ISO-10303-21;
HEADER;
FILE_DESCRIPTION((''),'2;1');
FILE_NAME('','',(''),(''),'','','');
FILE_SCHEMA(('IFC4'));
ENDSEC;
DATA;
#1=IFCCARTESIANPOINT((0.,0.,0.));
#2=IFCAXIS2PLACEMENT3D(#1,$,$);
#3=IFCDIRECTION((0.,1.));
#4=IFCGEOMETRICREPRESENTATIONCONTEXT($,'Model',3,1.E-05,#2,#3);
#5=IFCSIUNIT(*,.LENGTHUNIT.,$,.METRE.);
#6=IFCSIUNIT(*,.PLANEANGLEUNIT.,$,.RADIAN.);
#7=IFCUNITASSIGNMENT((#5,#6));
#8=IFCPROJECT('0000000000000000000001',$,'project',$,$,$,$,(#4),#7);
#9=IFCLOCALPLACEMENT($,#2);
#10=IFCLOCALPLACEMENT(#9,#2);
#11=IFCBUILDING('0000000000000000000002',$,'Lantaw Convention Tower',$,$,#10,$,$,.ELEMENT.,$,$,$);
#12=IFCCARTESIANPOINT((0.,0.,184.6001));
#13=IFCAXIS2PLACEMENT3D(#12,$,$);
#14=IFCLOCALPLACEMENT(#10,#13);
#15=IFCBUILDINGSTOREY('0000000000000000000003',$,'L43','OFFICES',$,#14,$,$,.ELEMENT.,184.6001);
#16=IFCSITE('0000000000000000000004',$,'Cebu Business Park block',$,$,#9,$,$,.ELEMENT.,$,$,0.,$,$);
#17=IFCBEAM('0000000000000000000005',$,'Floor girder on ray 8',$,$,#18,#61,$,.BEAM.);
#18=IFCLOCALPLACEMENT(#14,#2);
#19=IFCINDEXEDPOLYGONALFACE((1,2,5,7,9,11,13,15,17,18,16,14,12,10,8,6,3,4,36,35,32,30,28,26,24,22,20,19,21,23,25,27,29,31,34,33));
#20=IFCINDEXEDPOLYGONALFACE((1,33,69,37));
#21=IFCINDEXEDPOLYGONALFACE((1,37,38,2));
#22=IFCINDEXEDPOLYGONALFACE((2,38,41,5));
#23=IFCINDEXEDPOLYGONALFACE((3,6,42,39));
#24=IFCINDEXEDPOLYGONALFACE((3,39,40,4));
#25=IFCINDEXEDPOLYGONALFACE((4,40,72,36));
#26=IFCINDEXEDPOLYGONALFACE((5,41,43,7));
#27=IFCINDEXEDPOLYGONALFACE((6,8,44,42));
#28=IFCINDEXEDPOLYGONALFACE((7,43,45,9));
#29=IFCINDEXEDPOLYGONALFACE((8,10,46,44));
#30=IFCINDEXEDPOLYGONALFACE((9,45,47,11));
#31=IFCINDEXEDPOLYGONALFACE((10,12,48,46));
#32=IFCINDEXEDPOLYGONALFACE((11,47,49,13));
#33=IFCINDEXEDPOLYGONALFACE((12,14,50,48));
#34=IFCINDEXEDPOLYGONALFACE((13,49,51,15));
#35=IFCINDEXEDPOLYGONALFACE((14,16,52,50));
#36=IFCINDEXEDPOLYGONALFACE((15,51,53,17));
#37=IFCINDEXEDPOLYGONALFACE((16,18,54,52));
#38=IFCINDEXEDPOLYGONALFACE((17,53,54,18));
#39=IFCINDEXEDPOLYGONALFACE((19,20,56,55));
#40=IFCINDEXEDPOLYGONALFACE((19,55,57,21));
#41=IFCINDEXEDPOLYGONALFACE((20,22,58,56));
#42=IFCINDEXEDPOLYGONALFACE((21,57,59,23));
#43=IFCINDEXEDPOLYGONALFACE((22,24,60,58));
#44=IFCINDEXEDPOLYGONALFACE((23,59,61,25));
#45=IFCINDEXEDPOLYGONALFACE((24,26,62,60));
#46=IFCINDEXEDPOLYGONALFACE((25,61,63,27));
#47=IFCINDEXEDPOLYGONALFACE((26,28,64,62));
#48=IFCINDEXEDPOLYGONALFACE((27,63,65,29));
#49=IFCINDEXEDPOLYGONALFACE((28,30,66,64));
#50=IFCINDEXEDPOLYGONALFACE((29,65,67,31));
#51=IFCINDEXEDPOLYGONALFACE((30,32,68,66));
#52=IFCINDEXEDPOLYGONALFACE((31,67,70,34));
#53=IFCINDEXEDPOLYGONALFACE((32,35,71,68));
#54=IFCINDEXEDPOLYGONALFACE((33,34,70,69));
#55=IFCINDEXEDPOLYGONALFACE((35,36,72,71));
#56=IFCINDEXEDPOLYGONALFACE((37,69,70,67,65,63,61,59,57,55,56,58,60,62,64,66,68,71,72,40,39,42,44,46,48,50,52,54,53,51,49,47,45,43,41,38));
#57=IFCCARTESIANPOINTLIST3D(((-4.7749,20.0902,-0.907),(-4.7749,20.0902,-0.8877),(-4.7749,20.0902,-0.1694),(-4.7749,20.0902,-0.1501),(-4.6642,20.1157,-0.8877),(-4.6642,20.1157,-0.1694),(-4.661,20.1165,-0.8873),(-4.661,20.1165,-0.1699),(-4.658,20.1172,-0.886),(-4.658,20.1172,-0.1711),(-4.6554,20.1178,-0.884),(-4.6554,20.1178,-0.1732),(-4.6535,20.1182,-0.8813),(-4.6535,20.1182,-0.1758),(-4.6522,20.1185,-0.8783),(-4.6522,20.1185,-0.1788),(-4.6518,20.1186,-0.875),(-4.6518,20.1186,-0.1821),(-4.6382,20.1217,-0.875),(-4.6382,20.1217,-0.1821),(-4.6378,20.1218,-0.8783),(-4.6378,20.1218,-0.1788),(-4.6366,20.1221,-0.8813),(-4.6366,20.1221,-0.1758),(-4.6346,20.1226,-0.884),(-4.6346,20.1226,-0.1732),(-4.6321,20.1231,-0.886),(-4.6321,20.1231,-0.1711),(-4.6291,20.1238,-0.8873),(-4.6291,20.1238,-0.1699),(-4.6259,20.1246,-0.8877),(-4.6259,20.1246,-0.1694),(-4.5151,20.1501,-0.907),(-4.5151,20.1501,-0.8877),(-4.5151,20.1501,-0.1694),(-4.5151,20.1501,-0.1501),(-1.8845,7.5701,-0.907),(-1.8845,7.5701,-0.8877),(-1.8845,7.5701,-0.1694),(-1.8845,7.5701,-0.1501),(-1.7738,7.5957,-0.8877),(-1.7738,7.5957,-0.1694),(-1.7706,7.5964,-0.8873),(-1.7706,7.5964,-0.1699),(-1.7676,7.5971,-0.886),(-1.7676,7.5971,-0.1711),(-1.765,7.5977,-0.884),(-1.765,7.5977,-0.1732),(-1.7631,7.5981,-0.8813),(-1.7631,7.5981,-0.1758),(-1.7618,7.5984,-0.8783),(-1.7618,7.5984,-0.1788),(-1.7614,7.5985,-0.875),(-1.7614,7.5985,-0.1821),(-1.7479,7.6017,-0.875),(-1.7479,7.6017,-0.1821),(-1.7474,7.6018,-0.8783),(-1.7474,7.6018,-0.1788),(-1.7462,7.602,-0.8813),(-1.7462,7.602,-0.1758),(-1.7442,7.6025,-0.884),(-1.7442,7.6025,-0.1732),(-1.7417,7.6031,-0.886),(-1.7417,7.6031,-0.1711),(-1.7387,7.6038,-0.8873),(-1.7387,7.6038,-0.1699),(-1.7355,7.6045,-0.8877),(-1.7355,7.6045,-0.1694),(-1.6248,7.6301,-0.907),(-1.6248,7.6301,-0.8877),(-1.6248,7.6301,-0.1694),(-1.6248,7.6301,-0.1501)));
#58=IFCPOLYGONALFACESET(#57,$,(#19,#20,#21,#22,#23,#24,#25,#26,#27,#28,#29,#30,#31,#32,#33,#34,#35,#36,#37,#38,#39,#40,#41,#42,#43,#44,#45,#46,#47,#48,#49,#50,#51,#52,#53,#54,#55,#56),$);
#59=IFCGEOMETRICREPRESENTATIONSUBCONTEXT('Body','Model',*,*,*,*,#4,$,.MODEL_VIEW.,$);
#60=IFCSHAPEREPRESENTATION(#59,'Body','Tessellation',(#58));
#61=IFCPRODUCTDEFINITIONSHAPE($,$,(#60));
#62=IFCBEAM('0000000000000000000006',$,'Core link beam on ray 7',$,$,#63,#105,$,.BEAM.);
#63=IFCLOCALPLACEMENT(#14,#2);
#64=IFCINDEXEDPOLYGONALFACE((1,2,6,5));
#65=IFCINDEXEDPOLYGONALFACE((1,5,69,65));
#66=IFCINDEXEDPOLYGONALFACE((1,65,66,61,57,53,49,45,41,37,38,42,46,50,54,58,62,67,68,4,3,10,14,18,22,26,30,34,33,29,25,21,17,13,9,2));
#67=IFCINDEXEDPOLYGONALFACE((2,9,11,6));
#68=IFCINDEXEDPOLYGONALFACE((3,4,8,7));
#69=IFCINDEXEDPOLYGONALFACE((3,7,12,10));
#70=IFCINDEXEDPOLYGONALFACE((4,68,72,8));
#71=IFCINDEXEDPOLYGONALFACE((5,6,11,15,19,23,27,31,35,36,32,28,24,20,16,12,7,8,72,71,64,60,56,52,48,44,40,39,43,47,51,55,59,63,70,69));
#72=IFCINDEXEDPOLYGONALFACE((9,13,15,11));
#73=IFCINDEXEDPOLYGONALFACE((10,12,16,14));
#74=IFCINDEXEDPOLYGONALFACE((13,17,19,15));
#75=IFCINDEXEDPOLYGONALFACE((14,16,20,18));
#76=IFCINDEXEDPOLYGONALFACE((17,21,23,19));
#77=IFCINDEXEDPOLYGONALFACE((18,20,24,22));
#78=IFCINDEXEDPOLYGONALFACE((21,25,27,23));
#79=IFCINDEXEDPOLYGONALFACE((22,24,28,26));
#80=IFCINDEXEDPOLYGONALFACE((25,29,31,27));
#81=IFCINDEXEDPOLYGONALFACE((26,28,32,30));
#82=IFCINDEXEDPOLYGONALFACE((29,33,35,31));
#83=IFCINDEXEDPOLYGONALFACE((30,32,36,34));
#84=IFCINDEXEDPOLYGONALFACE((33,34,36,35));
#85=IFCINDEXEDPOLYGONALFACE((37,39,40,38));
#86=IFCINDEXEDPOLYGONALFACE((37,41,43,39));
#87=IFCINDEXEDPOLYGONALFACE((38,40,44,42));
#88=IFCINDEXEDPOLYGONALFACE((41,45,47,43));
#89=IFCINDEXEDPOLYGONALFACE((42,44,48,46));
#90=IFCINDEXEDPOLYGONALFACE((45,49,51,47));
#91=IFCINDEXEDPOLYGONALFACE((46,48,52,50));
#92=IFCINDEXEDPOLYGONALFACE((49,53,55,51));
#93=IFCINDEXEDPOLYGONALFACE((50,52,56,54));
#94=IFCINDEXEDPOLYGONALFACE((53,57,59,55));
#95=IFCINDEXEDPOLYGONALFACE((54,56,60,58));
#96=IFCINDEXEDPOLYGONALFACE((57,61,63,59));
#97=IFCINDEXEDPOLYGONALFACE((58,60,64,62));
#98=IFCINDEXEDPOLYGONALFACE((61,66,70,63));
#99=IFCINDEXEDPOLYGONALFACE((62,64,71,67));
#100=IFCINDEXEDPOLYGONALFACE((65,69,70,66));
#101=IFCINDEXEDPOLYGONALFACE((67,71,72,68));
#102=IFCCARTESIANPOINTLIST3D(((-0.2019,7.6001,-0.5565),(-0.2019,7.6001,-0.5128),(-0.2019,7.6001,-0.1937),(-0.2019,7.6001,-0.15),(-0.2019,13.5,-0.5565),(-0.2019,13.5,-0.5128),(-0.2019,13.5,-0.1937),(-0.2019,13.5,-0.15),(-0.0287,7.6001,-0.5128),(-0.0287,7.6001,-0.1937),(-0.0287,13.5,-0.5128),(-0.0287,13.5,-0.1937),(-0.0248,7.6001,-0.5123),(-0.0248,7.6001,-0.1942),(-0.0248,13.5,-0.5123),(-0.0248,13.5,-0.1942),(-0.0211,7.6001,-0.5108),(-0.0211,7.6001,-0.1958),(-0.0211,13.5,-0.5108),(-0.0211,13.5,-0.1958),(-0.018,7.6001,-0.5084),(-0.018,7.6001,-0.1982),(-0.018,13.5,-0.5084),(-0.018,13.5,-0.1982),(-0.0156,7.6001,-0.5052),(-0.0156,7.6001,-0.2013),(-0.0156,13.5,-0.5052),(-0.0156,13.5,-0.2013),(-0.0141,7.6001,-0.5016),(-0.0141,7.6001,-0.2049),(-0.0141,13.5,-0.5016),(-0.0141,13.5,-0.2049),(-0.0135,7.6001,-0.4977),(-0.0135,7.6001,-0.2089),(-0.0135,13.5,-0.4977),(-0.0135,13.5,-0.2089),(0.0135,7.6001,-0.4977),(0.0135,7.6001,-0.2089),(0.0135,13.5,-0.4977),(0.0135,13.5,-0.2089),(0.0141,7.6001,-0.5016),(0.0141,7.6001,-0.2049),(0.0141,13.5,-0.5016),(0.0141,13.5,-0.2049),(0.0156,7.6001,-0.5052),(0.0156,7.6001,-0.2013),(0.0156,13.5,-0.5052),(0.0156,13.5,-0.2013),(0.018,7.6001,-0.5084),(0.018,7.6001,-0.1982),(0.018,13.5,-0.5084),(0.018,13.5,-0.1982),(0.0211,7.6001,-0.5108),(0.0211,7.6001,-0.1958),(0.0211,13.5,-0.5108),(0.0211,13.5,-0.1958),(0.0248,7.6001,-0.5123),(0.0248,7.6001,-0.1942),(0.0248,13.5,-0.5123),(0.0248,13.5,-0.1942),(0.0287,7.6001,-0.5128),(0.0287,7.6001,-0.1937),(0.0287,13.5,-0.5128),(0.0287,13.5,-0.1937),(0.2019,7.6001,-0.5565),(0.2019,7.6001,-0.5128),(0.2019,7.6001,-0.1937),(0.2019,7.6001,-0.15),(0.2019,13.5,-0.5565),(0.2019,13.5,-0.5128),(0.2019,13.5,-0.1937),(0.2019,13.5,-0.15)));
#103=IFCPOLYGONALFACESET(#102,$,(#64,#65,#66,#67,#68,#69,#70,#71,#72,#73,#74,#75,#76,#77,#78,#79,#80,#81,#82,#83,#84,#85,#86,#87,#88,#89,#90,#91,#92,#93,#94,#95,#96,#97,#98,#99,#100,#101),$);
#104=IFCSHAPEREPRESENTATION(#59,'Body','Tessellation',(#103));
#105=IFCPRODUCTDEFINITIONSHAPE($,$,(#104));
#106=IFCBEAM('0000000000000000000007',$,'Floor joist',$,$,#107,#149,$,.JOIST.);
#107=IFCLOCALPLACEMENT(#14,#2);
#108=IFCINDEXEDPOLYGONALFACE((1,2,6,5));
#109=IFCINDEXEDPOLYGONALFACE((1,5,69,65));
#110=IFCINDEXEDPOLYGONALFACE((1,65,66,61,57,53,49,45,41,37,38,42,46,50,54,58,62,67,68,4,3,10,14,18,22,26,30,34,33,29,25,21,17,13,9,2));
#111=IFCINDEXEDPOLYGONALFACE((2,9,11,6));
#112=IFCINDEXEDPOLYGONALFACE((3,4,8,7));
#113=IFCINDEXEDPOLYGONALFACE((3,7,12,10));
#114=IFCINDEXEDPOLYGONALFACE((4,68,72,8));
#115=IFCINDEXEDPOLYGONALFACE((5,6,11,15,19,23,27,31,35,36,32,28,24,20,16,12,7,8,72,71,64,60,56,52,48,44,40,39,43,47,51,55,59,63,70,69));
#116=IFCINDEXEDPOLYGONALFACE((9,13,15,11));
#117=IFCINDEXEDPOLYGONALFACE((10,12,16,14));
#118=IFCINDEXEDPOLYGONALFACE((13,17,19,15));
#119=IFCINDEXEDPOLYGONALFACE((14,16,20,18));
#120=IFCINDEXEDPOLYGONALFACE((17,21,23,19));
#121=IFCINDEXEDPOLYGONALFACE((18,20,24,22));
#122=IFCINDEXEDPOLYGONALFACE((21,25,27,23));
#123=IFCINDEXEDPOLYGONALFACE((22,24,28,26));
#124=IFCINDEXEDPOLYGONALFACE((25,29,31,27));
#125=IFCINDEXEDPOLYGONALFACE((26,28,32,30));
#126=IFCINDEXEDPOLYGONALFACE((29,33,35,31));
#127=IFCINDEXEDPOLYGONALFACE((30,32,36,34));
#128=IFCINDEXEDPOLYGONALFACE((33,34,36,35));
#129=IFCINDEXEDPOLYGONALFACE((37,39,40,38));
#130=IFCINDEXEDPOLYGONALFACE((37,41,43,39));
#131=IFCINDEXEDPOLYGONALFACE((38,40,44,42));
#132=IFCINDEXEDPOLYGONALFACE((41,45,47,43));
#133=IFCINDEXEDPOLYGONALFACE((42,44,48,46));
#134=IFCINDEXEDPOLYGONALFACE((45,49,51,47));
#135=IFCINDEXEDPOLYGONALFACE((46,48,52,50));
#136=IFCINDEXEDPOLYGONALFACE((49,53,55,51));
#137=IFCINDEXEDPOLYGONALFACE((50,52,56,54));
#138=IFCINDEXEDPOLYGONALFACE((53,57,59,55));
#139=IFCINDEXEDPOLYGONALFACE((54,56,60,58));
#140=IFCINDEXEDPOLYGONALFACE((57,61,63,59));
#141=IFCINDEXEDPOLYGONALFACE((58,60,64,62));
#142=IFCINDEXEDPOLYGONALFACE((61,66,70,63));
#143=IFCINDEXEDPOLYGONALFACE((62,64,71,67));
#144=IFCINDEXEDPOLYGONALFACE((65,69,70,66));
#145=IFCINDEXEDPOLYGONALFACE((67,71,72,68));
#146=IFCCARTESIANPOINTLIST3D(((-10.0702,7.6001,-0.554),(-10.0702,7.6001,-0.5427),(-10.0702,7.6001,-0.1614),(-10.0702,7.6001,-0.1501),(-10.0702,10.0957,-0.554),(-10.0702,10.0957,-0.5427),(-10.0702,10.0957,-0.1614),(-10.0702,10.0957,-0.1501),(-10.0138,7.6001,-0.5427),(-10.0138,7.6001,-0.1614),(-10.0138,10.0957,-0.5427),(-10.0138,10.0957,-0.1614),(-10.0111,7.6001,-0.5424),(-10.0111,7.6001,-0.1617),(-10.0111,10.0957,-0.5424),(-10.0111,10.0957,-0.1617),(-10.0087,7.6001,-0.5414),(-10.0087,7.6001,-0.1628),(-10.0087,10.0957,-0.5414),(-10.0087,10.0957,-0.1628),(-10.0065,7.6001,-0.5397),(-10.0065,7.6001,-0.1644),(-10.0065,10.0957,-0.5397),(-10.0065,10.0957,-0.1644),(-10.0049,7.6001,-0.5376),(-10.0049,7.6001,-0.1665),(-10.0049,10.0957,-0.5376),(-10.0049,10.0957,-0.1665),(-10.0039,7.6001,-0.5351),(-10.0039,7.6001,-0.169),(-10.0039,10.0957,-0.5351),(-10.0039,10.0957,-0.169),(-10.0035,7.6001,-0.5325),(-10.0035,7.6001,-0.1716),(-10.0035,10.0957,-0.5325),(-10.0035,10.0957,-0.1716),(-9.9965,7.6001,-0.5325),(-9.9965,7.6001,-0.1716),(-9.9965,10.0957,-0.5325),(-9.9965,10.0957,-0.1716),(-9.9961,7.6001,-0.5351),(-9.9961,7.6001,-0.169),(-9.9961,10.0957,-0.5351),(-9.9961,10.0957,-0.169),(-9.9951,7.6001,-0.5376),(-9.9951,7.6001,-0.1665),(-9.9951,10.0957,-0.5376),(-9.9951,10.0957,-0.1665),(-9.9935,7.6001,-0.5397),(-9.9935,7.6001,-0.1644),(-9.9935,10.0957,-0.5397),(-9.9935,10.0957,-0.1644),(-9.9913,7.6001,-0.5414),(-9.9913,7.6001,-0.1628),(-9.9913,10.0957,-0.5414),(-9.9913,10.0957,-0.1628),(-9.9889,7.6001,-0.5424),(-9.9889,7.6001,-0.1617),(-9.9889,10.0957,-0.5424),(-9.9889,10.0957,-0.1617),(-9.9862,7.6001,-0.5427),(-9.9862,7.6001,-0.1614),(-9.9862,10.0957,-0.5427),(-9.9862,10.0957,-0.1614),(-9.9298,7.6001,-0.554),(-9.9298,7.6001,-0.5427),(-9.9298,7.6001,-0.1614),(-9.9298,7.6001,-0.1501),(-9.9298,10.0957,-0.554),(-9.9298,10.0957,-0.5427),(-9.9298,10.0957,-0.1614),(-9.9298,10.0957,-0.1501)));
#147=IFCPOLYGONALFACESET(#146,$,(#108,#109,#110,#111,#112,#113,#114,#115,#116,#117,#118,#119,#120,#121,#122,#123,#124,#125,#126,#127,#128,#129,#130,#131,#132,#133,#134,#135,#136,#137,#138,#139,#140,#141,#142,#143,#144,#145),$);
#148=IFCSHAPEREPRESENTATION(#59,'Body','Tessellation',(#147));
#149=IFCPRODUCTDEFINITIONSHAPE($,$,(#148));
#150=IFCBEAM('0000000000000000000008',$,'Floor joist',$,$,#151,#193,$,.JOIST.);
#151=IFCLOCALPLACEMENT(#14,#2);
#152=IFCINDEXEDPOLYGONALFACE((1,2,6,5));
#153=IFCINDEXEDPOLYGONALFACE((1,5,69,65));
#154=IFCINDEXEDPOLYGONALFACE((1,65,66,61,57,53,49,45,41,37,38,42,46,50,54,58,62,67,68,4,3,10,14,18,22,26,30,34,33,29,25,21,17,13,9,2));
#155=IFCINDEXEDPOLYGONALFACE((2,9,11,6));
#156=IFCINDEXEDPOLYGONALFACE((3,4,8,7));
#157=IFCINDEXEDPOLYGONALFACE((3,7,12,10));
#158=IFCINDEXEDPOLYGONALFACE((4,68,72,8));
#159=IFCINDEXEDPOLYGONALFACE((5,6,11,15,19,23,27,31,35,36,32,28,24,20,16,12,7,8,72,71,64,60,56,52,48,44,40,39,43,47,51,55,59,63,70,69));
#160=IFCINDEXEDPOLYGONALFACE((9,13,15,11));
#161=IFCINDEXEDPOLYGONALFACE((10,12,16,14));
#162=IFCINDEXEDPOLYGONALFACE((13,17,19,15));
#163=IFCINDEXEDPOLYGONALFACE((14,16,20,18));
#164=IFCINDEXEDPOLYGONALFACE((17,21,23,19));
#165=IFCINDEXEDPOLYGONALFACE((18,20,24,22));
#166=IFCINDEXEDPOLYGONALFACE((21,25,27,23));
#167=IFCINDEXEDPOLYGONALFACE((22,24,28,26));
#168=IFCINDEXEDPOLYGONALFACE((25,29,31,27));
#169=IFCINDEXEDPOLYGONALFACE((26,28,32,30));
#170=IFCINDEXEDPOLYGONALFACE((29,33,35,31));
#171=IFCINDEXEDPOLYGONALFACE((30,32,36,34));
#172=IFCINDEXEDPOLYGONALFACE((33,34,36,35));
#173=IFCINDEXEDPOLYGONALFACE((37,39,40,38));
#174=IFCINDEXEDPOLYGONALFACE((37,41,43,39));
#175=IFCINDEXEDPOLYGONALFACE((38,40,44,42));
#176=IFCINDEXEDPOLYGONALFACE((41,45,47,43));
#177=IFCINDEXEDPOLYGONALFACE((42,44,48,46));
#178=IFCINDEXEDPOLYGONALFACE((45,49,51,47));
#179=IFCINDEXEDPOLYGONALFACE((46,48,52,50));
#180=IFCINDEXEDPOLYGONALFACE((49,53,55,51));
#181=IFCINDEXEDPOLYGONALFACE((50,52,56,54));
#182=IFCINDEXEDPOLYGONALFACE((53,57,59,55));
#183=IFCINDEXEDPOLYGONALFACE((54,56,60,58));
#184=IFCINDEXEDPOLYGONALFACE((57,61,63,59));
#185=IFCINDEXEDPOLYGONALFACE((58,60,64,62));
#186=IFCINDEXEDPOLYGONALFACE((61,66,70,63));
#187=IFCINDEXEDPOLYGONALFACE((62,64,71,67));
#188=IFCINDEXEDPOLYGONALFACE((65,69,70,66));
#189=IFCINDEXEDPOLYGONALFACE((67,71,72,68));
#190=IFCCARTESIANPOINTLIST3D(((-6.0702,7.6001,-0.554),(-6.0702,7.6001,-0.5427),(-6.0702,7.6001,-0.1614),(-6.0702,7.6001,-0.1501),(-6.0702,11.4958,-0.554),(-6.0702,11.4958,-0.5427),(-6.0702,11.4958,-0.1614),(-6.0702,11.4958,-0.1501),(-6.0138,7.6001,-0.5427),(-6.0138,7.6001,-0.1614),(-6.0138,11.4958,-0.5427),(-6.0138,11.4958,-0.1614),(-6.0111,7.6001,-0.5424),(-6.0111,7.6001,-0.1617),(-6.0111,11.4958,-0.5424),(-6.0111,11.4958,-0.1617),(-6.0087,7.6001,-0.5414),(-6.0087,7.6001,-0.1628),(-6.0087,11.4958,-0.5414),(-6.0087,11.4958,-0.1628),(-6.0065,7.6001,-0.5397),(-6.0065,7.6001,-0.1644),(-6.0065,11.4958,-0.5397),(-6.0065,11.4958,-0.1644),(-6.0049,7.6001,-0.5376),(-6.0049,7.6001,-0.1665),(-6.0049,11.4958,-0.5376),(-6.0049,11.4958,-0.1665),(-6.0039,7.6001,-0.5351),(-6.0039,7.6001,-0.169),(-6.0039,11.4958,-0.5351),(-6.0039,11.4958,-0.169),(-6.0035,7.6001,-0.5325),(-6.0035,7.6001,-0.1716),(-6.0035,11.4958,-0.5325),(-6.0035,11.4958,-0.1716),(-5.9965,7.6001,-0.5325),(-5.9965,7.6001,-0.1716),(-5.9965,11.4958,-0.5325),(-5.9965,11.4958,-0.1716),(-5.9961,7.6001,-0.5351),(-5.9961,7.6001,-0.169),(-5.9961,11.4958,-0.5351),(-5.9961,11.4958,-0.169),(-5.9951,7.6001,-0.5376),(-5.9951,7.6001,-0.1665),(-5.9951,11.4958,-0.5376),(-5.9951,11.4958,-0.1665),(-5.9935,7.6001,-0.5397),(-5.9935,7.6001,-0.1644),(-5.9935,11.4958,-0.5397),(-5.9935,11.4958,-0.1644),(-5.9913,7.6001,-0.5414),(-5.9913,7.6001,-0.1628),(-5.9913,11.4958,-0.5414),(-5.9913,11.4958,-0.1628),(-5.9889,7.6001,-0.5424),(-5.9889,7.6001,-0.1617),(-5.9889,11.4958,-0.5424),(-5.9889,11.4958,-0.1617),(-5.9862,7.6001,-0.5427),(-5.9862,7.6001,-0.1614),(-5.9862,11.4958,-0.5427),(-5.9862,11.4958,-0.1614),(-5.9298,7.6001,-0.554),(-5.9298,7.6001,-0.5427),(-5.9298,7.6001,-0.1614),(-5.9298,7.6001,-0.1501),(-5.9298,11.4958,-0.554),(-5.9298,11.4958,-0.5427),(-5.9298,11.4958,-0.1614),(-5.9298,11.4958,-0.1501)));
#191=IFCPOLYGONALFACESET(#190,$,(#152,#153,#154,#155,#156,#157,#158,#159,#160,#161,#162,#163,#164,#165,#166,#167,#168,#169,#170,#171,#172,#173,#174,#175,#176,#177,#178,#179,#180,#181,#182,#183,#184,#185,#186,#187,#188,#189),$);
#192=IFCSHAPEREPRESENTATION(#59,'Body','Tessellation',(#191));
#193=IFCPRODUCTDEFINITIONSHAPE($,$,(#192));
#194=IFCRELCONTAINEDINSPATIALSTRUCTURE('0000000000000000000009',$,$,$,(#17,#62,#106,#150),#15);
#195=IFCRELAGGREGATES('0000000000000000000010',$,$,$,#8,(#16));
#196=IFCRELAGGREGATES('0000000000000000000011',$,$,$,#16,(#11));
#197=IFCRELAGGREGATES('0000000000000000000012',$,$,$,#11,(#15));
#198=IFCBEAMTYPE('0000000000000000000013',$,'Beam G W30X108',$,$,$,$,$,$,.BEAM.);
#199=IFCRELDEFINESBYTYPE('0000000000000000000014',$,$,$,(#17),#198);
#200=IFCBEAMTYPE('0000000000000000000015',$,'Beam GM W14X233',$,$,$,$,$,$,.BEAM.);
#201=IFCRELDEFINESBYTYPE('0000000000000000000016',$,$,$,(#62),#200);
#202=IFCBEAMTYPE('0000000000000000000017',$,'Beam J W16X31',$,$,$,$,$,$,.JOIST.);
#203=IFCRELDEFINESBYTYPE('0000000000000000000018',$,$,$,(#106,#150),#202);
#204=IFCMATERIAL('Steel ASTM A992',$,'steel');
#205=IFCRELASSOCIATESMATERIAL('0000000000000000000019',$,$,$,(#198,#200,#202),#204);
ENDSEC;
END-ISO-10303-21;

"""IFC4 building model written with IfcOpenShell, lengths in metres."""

from ifc_helpers import new_model, si_unit, direction, frame, origin, origin_2d, place, context, subcontext, project, spatial, i_section, extrude, material, material_profile, profile_set, type_object, element, save


model = new_model("IFC4")

# Units and contexts
model_context = context("Model", 3, precision=1e-05, world=origin(), true_north=direction((0.0, 1.0)))
body_context = subcontext(model_context, "Body", "Model", "MODEL_VIEW")
ifc_project = project(units=[si_unit("LENGTHUNIT", "METRE"), si_unit("PLANEANGLEUNIT", "RADIAN")], contexts=[model_context])

# Site, building, storey
site_placement = place(None, origin())
site = spatial("IfcSite", under=ifc_project, at=site_placement, Name="Cebu Business Park block", CompositionType="ELEMENT", RefElevation=0.0)
building_placement = place(site_placement, origin())
building = spatial("IfcBuilding", under=site, at=building_placement, Name="Lantaw Convention Tower", CompositionType="ELEMENT")
storey_placement = place(building_placement, frame((0.0, 0.0, 184.6001)))
storey = spatial("IfcBuildingStorey", under=building, at=storey_placement, Name="L43", Description="OFFICES", CompositionType="ELEMENT", Elevation=184.6001)

# Beams
ifc_material_1 = material(Name="Steel ASTM A992", Category="steel")
ifc_material_profile_1 = material_profile(ifc_material_1, i_section(OverallWidth=0.2666, OverallDepth=0.7568, WebThickness=0.0139, FlangeThickness=0.0193, FilletRadius=0.0127, at=origin_2d()), Name="W30X108")
ifc_profile_set_1 = profile_set([ifc_material_profile_1], Name="Steel ASTM A992")
beam_type_1 = type_object("IfcBeamType", Name="Beam G W30X108", PredefinedType="BEAM", material=ifc_profile_set_1)
beam_1_placement = place(storey_placement, frame((-1.7546, 7.6001, -0.5286), z_axis=(-0.224944, 0.974372, 0.0), x_axis=(-0.974372, -0.224944, 0.0)))
element("IfcBeam", 1, at=beam_1_placement, inside=storey, type_object=beam_type_1, Name="Floor girder on ray 8", PredefinedType="BEAM", context=body_context, shape_type="SweptSolid", body=[
    extrude(i_section(OverallWidth=0.2666, OverallDepth=0.7568, WebThickness=0.0139, FlangeThickness=0.0193, FilletRadius=0.0127, at=origin_2d()), origin(), (0.0, 0.0, 1.0), 12.8494),
])
ifc_material_profile_2 = material_profile(ifc_material_1, i_section(OverallWidth=0.4038, OverallDepth=0.4065, WebThickness=0.0271, FlangeThickness=0.0437, FilletRadius=0.0151, at=origin_2d()), Name="W14X233")
ifc_profile_set_2 = profile_set([ifc_material_profile_2], Name="Steel ASTM A992")
beam_type_2 = type_object("IfcBeamType", Name="Beam GM W14X233", PredefinedType="BEAM", material=ifc_profile_set_2)
beam_2_placement = place(storey_placement, frame((0.0, 7.6001, -0.3533), z_axis=(0.0, 1.0, 0.0), x_axis=(-1.0, 0.0, 0.0)))
element("IfcBeam", 2, at=beam_2_placement, inside=storey, type_object=beam_type_2, Name="Core link beam on ray 7", PredefinedType="BEAM", context=body_context, shape_type="SweptSolid", body=[
    extrude(i_section(OverallWidth=0.4038, OverallDepth=0.4065, WebThickness=0.0271, FlangeThickness=0.0437, FilletRadius=0.0151, at=origin_2d()), origin(), (0.0, 0.0, 1.0), 5.8999),
])
ifc_material_profile_3 = material_profile(ifc_material_1, i_section(OverallWidth=0.1404, OverallDepth=0.4038, WebThickness=0.0071, FlangeThickness=0.0112, FilletRadius=0.0103, at=origin_2d()), Name="W16X31")
ifc_profile_set_3 = profile_set([ifc_material_profile_3], Name="Steel ASTM A992")
beam_type_3 = type_object("IfcBeamType", Name="Beam J W16X31", PredefinedType="JOIST", material=ifc_profile_set_3)
beam_3_placement = place(storey_placement, frame((-10.0, 7.6001, -0.3521), z_axis=(0.0, 1.0, 0.0), x_axis=(-1.0, 0.0, 0.0)))
element("IfcBeam", 3, at=beam_3_placement, inside=storey, type_object=beam_type_3, Name="Floor joist", PredefinedType="JOIST", context=body_context, shape_type="SweptSolid", body=[
    extrude(i_section(OverallWidth=0.1404, OverallDepth=0.4038, WebThickness=0.0071, FlangeThickness=0.0112, FilletRadius=0.0103, at=origin_2d()), origin(), (0.0, 0.0, 1.0), 2.4956),
])
beam_4_placement = place(storey_placement, frame((-6.0, 7.6001, -0.3521), z_axis=(0.0, 1.0, 0.0), x_axis=(-1.0, 0.0, 0.0)))
element("IfcBeam", 4, at=beam_4_placement, inside=storey, type_object=beam_type_3, Name="Floor joist", PredefinedType="JOIST", context=body_context, shape_type="SweptSolid", body=[
    extrude(i_section(OverallWidth=0.1404, OverallDepth=0.4038, WebThickness=0.0071, FlangeThickness=0.0112, FilletRadius=0.0103, at=origin_2d()), origin(), (0.0, 0.0, 1.0), 3.8958),
])

save(model, "model.ifc")
